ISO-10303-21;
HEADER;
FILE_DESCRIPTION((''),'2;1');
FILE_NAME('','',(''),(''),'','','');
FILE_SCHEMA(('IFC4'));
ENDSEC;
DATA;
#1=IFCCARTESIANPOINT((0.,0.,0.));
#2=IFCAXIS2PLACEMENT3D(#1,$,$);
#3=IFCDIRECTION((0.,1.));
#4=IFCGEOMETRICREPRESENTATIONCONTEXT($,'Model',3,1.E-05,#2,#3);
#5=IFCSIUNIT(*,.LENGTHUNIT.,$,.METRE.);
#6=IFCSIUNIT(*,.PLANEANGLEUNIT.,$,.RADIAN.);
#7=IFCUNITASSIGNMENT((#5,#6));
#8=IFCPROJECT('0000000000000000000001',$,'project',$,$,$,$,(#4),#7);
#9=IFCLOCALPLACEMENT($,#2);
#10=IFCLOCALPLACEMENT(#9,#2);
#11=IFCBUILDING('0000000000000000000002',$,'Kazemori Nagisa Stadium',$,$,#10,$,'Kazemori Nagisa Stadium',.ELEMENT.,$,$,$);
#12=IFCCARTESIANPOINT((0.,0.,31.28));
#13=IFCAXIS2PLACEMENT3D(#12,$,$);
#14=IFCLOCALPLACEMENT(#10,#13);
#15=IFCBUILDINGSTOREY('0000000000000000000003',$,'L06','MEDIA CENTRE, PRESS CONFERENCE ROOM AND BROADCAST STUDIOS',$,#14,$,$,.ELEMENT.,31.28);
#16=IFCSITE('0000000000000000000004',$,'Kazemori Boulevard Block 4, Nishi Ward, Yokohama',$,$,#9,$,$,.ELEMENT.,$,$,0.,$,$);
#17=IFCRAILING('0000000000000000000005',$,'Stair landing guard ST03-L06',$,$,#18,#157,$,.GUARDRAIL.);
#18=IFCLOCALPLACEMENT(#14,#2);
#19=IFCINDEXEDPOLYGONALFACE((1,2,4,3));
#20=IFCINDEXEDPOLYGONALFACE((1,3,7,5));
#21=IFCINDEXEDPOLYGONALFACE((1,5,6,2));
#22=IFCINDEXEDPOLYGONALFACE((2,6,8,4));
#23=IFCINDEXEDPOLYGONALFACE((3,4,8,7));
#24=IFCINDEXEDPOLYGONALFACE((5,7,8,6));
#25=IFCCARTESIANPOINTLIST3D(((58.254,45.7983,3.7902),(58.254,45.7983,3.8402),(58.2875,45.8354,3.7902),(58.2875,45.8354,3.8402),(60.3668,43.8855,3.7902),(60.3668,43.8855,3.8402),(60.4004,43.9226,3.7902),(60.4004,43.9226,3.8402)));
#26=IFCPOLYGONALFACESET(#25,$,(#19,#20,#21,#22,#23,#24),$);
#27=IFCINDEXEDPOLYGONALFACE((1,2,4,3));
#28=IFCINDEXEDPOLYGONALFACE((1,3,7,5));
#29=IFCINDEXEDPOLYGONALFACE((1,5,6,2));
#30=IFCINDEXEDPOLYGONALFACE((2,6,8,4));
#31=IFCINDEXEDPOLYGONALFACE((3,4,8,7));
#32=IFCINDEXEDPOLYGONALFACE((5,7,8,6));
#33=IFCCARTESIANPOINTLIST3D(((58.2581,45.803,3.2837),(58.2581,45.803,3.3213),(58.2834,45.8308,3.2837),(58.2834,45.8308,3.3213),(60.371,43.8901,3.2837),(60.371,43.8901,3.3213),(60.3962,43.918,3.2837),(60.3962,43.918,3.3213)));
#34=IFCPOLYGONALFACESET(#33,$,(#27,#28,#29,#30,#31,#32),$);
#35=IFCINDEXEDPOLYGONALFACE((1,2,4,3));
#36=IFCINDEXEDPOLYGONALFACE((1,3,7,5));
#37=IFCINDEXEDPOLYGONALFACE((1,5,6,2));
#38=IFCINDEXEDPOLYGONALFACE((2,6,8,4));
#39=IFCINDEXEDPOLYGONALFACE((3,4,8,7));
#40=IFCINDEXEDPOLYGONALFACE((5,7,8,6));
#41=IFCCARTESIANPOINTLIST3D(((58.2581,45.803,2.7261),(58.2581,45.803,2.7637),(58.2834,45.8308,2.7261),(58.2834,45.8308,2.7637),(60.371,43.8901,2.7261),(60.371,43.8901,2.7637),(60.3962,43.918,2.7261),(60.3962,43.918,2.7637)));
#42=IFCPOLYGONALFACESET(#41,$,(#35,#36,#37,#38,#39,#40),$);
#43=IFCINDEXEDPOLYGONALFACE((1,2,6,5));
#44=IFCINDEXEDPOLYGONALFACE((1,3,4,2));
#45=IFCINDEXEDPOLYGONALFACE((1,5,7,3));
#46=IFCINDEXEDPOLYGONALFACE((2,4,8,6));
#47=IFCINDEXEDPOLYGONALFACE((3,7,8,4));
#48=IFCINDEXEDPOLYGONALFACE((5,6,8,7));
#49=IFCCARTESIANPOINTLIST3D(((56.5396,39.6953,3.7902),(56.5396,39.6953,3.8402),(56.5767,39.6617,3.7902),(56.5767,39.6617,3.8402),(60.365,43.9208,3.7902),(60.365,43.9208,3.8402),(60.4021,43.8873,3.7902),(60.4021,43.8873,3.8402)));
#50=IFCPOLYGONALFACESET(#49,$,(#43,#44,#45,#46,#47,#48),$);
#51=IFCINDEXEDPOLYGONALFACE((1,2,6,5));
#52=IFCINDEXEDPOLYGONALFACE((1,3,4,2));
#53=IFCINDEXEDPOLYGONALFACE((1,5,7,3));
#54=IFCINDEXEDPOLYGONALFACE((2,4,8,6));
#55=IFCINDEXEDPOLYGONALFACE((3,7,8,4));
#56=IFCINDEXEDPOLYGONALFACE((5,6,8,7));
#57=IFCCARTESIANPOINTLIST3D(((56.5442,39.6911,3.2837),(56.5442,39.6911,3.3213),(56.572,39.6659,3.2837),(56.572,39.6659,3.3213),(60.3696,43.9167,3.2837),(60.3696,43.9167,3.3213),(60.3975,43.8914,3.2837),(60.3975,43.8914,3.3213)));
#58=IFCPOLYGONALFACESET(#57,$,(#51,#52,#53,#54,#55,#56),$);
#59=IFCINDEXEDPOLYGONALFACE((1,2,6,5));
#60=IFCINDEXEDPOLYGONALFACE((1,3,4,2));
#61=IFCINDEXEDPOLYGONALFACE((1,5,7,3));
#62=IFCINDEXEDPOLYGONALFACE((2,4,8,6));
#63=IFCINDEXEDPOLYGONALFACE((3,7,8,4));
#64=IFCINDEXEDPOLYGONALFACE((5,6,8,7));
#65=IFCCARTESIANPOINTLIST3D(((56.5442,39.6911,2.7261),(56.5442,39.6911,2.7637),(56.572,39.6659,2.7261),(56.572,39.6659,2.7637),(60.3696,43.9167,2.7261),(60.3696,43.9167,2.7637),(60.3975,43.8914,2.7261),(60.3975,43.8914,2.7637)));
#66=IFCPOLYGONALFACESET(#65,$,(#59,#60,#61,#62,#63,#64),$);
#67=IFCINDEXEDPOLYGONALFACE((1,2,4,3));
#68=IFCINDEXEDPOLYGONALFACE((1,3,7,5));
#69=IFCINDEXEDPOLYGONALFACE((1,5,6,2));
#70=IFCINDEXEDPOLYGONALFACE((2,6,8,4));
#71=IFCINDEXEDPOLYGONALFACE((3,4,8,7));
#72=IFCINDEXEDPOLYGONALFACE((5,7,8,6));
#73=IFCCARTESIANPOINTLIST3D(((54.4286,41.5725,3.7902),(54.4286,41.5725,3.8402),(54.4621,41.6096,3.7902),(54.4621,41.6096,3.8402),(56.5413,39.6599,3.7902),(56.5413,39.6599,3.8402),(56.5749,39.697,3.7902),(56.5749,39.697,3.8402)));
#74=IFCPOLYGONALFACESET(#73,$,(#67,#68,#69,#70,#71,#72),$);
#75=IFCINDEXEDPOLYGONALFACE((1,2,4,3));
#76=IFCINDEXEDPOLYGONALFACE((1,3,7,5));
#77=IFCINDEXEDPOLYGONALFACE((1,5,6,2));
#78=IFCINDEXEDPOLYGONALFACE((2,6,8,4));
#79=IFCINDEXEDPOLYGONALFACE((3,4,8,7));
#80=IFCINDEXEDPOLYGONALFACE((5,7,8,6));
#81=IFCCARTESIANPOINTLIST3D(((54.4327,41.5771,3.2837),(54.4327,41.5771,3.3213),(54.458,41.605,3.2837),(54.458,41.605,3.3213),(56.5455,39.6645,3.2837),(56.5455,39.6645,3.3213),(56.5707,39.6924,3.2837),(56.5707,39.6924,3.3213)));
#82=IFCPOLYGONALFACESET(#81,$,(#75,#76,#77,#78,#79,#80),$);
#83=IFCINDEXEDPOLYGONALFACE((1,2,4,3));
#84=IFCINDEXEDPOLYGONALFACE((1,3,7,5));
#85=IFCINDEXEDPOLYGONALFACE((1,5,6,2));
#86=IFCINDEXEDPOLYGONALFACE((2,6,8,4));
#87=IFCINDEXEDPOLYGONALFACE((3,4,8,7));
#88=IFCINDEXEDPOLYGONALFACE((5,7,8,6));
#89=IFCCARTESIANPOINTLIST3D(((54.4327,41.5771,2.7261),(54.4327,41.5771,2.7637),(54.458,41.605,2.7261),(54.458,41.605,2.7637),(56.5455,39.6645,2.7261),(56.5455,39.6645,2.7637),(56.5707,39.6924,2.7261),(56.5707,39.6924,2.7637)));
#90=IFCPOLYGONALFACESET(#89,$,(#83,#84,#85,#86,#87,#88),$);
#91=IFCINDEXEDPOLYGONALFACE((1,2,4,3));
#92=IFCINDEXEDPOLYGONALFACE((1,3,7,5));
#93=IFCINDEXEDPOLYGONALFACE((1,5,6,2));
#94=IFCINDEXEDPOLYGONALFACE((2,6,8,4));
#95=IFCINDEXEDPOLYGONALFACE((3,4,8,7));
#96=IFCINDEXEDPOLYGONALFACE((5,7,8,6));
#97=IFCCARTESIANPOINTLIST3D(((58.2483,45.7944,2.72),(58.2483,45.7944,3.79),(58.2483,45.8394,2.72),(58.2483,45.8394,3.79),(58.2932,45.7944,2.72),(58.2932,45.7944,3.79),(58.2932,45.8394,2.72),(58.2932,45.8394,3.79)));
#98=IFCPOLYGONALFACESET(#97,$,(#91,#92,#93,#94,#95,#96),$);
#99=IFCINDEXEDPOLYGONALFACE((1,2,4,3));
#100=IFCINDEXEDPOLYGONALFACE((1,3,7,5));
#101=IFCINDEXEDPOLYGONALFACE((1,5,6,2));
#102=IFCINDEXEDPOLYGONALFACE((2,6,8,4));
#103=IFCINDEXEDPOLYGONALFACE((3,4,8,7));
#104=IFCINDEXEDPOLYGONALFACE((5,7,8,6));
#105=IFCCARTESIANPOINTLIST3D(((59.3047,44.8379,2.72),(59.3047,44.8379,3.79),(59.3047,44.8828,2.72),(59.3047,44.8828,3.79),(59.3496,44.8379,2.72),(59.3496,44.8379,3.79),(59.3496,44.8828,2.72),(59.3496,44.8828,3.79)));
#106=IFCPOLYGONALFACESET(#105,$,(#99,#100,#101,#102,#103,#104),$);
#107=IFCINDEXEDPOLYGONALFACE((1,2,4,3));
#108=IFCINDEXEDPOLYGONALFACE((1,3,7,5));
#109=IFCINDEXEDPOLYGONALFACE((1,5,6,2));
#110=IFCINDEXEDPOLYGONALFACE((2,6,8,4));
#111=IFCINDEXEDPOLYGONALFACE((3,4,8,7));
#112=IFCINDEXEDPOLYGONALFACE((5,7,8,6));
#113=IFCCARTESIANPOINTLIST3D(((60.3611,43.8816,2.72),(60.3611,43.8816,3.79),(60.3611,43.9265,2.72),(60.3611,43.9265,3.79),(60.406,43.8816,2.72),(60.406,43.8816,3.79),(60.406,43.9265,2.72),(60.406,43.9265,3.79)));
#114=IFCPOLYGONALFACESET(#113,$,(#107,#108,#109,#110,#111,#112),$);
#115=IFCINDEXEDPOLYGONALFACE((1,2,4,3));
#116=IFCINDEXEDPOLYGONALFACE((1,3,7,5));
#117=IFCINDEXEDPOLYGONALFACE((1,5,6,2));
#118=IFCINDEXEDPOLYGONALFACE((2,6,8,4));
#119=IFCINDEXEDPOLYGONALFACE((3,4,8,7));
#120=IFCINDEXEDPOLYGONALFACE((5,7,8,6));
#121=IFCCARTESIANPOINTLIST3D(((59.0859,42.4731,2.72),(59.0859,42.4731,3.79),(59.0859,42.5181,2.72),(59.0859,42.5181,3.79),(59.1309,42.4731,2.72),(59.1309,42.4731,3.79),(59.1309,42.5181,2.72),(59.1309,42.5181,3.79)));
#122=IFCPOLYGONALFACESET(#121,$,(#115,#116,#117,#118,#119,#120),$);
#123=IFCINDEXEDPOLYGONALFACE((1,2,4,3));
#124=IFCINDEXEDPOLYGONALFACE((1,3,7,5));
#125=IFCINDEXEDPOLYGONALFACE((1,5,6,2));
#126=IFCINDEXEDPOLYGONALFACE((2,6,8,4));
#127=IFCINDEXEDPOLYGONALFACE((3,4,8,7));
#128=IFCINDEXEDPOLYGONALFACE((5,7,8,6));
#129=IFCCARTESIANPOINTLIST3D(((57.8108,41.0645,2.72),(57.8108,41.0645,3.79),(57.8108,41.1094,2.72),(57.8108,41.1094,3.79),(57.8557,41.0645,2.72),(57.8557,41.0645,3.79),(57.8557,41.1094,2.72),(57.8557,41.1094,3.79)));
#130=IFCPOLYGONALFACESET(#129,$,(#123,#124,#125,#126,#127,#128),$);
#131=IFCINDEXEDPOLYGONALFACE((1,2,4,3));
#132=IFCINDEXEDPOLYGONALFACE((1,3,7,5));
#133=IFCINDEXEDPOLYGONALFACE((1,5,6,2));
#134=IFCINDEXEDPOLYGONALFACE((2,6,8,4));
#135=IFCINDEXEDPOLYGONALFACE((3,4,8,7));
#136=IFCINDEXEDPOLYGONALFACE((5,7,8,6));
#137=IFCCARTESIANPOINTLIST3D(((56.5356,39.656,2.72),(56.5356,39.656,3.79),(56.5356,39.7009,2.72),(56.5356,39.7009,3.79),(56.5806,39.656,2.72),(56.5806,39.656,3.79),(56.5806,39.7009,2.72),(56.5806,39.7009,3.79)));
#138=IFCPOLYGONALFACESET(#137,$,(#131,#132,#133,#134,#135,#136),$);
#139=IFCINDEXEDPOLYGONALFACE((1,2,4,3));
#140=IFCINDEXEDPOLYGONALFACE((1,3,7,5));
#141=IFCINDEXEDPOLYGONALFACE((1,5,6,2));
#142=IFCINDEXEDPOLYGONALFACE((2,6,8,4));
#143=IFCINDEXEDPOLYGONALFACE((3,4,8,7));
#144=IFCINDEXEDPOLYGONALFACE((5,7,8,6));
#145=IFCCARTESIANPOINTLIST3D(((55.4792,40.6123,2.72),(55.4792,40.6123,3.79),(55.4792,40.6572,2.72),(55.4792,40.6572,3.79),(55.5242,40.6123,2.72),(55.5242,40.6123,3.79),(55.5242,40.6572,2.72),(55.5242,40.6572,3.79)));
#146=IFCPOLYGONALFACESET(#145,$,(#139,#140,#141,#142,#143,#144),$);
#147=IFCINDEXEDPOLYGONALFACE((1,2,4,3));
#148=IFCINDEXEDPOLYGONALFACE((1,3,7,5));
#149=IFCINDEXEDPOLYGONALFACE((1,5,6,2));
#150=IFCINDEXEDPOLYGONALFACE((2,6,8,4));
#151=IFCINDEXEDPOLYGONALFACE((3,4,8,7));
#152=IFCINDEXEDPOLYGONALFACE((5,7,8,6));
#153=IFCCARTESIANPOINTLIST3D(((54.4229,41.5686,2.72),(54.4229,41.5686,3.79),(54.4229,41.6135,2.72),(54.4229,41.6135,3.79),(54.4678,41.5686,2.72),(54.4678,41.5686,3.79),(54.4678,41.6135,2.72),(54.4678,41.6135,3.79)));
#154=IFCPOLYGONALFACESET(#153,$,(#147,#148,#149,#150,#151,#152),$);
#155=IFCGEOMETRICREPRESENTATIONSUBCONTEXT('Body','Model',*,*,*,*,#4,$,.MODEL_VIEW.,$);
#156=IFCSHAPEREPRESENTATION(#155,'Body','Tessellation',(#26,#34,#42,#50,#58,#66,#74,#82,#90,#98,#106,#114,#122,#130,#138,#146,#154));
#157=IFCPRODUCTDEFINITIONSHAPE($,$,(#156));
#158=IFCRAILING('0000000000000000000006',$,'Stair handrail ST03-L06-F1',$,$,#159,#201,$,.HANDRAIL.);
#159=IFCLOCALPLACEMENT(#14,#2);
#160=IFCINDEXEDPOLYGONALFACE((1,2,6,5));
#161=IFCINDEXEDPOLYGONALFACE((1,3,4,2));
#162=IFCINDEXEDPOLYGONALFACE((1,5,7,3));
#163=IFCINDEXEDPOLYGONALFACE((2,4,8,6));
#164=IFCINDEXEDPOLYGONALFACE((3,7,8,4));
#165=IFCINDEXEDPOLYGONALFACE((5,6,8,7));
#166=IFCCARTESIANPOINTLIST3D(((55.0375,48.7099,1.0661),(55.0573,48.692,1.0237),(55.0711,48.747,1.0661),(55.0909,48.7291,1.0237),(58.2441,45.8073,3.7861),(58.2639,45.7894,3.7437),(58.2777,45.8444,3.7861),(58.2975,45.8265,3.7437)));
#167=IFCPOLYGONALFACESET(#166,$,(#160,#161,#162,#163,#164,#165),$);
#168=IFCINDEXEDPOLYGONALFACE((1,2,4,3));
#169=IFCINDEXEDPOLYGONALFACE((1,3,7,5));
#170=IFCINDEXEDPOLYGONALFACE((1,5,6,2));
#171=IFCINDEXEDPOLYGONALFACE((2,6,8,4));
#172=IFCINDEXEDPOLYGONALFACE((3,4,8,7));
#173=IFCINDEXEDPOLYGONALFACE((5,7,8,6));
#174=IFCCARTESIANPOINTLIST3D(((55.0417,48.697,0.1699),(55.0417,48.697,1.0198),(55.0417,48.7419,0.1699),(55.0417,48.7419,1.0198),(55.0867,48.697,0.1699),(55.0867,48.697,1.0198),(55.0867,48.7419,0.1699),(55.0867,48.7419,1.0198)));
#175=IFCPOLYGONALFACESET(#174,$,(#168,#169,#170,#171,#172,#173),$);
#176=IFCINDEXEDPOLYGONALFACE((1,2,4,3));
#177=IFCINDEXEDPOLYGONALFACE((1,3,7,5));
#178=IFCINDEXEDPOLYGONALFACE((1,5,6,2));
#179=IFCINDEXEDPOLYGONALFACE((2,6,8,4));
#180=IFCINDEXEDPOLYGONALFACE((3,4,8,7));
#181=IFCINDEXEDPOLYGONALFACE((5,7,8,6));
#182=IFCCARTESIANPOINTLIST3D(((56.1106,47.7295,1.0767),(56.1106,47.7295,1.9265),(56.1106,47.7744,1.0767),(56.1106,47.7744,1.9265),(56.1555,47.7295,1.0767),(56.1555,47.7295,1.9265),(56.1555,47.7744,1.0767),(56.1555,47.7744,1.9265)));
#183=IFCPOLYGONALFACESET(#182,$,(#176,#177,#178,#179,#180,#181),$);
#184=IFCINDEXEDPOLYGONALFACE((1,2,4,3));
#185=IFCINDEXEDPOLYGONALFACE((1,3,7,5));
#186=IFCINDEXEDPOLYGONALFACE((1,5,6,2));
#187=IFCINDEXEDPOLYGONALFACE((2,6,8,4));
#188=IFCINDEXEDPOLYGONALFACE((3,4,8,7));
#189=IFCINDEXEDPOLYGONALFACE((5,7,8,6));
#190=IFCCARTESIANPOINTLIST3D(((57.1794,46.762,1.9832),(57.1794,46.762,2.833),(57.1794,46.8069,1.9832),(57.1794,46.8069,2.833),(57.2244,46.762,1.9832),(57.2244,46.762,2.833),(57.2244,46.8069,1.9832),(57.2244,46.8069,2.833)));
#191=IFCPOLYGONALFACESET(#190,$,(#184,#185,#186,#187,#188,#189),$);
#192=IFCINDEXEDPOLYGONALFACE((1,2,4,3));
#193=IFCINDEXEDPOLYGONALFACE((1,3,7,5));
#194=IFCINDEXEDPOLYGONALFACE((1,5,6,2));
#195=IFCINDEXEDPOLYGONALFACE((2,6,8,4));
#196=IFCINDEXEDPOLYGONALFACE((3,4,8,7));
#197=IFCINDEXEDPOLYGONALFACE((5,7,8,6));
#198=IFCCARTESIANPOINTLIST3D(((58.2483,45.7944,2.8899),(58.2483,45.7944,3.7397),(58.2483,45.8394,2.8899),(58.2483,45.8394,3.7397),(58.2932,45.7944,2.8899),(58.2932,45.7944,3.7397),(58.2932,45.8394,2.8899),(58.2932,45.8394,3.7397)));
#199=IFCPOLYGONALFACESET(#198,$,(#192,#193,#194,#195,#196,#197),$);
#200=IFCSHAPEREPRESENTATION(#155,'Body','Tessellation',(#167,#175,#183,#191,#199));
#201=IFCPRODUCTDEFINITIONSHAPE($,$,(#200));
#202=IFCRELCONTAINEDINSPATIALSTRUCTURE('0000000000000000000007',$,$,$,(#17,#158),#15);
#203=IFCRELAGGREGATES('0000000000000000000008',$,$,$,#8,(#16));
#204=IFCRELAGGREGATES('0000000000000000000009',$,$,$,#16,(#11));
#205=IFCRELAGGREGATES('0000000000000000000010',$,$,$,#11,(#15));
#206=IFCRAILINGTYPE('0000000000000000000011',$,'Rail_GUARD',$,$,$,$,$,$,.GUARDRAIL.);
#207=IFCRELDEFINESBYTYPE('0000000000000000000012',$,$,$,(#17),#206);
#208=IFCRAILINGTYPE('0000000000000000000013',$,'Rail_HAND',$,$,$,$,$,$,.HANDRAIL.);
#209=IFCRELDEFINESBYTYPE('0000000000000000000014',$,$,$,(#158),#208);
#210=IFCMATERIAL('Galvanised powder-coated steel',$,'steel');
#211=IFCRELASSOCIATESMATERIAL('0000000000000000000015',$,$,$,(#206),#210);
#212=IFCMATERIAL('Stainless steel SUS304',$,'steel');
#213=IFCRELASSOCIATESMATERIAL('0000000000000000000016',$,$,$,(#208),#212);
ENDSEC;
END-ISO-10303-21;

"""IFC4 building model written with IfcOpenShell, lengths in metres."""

from ifc_helpers import new_model, si_unit, direction, frame, origin, origin_2d, place, context, subcontext, project, spatial, rectangle, extrude, material, type_object, element, save


model = new_model("IFC4")

# Units and contexts
model_context = context("Model", 3, precision=1e-05, world=origin(), true_north=direction((0.0, 1.0)))
body_context = subcontext(model_context, "Body", "Model", "MODEL_VIEW")
ifc_project = project(units=[si_unit("LENGTHUNIT", "METRE"), si_unit("PLANEANGLEUNIT", "RADIAN")], contexts=[model_context])

# Site, building, storey
site_placement = place(None, origin())
site = spatial("IfcSite", under=ifc_project, at=site_placement, Name="Kazemori Boulevard Block 4, Nishi Ward, Yokohama", CompositionType="ELEMENT", RefElevation=0.0)
building_placement = place(site_placement, origin())
building = spatial("IfcBuilding", under=site, at=building_placement, Name="Kazemori Nagisa Stadium", LongName="Kazemori Nagisa Stadium", CompositionType="ELEMENT")
storey_placement = place(building_placement, frame((0.0, 0.0, 31.28)))
storey = spatial("IfcBuildingStorey", under=building, at=storey_placement, Name="L06", Description="MEDIA CENTRE, PRESS CONFERENCE ROOM AND BROADCAST STUDIOS", CompositionType="ELEMENT", Elevation=31.28)

# Shared definitions
ifc_material_1 = material(Name="Stainless steel SUS304", Category="steel")

# Railings
ifc_material_2 = material(Name="Galvanised powder-coated steel", Category="steel")
railing_type_1 = type_object("IfcRailingType", Name="Rail_GUARD", PredefinedType="GUARDRAIL", material=ifc_material_2)
railing_1_placement = place(storey_placement, frame((58.2708, 45.8169, 2.72)))
element("IfcRailing", 1, at=railing_1_placement, inside=storey, type_object=railing_type_1, Name="Stair landing guard ST03-L06", PredefinedType="GUARDRAIL", context=body_context, shape_type="SweptSolid", body=[
    extrude(rectangle(XDim=0.05, YDim=0.05, at=origin_2d()), frame((0.0, 0.0, 1.0952), z_axis=(0.741315, -0.671158, 0.0), x_axis=(0.671158, 0.741315, 0.0)), (0.0, 0.0, 1.0), 2.8501),
    extrude(rectangle(XDim=0.0376, YDim=0.0376, at=origin_2d()), frame((0.0, 0.0, 0.5825), z_axis=(0.741315, -0.671158, 0.0), x_axis=(0.671158, 0.741315, 0.0)), (0.0, 0.0, 1.0), 2.8501),
    extrude(rectangle(XDim=0.0376, YDim=0.0376, at=origin_2d()), frame((0.0, 0.0, 0.0249), z_axis=(0.741315, -0.671158, 0.0), x_axis=(0.671158, 0.741315, 0.0)), (0.0, 0.0, 1.0), 2.8501),
    extrude(rectangle(XDim=0.05, YDim=0.05, at=origin_2d()), frame((2.1128, -1.9128, 1.0952), z_axis=(-0.671134, -0.741336, 0.0), x_axis=(0.741336, -0.671134, 0.0)), (0.0, 0.0, 1.0), 5.7),
    extrude(rectangle(XDim=0.0376, YDim=0.0376, at=origin_2d()), frame((2.1128, -1.9128, 0.5825), z_axis=(-0.671134, -0.741336, 0.0), x_axis=(0.741336, -0.671134, 0.0)), (0.0, 0.0, 1.0), 5.7),
    extrude(rectangle(XDim=0.0376, YDim=0.0376, at=origin_2d()), frame((2.1128, -1.9128, 0.0249), z_axis=(-0.671134, -0.741336, 0.0), x_axis=(0.741336, -0.671134, 0.0)), (0.0, 0.0, 1.0), 5.7),
    extrude(rectangle(XDim=0.05, YDim=0.05, at=origin_2d()), frame((-1.7126, -6.1384, 1.0952), z_axis=(-0.741357, 0.671111, 0.0), x_axis=(-0.671111, -0.741357, 0.0)), (0.0, 0.0, 1.0), 2.8499),
    extrude(rectangle(XDim=0.0376, YDim=0.0376, at=origin_2d()), frame((-1.7126, -6.1384, 0.5825), z_axis=(-0.741357, 0.671111, 0.0), x_axis=(-0.671111, -0.741357, 0.0)), (0.0, 0.0, 1.0), 2.8499),
    extrude(rectangle(XDim=0.0376, YDim=0.0376, at=origin_2d()), frame((-1.7126, -6.1384, 0.0249), z_axis=(-0.741357, 0.671111, 0.0), x_axis=(-0.671111, -0.741357, 0.0)), (0.0, 0.0, 1.0), 2.8499),
    extrude(rectangle(XDim=0.0449, YDim=0.0449, at=origin_2d()), origin(), (0.0, 0.0, 1.0), 1.0701),
    extrude(rectangle(XDim=0.0449, YDim=0.0449, at=origin_2d()), frame((1.0564, -0.9565, 0.0)), (0.0, 0.0, 1.0), 1.0701),
    extrude(rectangle(XDim=0.0449, YDim=0.0449, at=origin_2d()), frame((2.1128, -1.9128, 0.0)), (0.0, 0.0, 1.0), 1.0701),
    extrude(rectangle(XDim=0.0449, YDim=0.0449, at=origin_2d()), frame((0.8376, -3.3213, 0.0)), (0.0, 0.0, 1.0), 1.0701),
    extrude(rectangle(XDim=0.0449, YDim=0.0449, at=origin_2d()), frame((-0.4375, -4.73, 0.0)), (0.0, 0.0, 1.0), 1.0701),
    extrude(rectangle(XDim=0.0449, YDim=0.0449, at=origin_2d()), frame((-1.7126, -6.1384, 0.0)), (0.0, 0.0, 1.0), 1.0701),
    extrude(rectangle(XDim=0.0449, YDim=0.0449, at=origin_2d()), frame((-2.769, -5.1821, 0.0)), (0.0, 0.0, 1.0), 1.0701),
    extrude(rectangle(XDim=0.0449, YDim=0.0449, at=origin_2d()), frame((-3.8254, -4.2258, 0.0)), (0.0, 0.0, 1.0), 1.0701),
])
railing_type_2 = type_object("IfcRailingType", Name="Rail_HAND", PredefinedType="HANDRAIL", material=ifc_material_1)
railing_2_placement = place(storey_placement, frame((55.0642, 48.7195, 0.1699)))
element("IfcRailing", 2, at=railing_2_placement, inside=storey, type_object=railing_type_2, Name="Stair handrail ST03-L06-F1", PredefinedType="HANDRAIL", context=body_context, shape_type="SweptSolid", body=[
    extrude(rectangle(XDim=0.05, YDim=0.05, at=origin_2d()), frame((0.0, 0.0, 0.875), z_axis=(0.627587, -0.568096, 0.532354), x_axis=(0.671095, 0.741371, 0.0)), (0.0, 0.0, 1.0), 5.1094),
    extrude(rectangle(XDim=0.0449, YDim=0.0449, at=origin_2d()), origin(), (0.0, 0.0, 1.0), 0.8499),
    extrude(rectangle(XDim=0.0449, YDim=0.0449, at=origin_2d()), frame((1.0688, -0.9675, 0.9067)), (0.0, 0.0, 1.0), 0.8499),
    extrude(rectangle(XDim=0.0449, YDim=0.0449, at=origin_2d()), frame((2.1377, -1.9351, 1.8132)), (0.0, 0.0, 1.0), 0.8499),
    extrude(rectangle(XDim=0.0449, YDim=0.0449, at=origin_2d()), frame((3.2065, -2.9026, 2.72)), (0.0, 0.0, 1.0), 0.8499),
])

save(model, "model.ifc")
